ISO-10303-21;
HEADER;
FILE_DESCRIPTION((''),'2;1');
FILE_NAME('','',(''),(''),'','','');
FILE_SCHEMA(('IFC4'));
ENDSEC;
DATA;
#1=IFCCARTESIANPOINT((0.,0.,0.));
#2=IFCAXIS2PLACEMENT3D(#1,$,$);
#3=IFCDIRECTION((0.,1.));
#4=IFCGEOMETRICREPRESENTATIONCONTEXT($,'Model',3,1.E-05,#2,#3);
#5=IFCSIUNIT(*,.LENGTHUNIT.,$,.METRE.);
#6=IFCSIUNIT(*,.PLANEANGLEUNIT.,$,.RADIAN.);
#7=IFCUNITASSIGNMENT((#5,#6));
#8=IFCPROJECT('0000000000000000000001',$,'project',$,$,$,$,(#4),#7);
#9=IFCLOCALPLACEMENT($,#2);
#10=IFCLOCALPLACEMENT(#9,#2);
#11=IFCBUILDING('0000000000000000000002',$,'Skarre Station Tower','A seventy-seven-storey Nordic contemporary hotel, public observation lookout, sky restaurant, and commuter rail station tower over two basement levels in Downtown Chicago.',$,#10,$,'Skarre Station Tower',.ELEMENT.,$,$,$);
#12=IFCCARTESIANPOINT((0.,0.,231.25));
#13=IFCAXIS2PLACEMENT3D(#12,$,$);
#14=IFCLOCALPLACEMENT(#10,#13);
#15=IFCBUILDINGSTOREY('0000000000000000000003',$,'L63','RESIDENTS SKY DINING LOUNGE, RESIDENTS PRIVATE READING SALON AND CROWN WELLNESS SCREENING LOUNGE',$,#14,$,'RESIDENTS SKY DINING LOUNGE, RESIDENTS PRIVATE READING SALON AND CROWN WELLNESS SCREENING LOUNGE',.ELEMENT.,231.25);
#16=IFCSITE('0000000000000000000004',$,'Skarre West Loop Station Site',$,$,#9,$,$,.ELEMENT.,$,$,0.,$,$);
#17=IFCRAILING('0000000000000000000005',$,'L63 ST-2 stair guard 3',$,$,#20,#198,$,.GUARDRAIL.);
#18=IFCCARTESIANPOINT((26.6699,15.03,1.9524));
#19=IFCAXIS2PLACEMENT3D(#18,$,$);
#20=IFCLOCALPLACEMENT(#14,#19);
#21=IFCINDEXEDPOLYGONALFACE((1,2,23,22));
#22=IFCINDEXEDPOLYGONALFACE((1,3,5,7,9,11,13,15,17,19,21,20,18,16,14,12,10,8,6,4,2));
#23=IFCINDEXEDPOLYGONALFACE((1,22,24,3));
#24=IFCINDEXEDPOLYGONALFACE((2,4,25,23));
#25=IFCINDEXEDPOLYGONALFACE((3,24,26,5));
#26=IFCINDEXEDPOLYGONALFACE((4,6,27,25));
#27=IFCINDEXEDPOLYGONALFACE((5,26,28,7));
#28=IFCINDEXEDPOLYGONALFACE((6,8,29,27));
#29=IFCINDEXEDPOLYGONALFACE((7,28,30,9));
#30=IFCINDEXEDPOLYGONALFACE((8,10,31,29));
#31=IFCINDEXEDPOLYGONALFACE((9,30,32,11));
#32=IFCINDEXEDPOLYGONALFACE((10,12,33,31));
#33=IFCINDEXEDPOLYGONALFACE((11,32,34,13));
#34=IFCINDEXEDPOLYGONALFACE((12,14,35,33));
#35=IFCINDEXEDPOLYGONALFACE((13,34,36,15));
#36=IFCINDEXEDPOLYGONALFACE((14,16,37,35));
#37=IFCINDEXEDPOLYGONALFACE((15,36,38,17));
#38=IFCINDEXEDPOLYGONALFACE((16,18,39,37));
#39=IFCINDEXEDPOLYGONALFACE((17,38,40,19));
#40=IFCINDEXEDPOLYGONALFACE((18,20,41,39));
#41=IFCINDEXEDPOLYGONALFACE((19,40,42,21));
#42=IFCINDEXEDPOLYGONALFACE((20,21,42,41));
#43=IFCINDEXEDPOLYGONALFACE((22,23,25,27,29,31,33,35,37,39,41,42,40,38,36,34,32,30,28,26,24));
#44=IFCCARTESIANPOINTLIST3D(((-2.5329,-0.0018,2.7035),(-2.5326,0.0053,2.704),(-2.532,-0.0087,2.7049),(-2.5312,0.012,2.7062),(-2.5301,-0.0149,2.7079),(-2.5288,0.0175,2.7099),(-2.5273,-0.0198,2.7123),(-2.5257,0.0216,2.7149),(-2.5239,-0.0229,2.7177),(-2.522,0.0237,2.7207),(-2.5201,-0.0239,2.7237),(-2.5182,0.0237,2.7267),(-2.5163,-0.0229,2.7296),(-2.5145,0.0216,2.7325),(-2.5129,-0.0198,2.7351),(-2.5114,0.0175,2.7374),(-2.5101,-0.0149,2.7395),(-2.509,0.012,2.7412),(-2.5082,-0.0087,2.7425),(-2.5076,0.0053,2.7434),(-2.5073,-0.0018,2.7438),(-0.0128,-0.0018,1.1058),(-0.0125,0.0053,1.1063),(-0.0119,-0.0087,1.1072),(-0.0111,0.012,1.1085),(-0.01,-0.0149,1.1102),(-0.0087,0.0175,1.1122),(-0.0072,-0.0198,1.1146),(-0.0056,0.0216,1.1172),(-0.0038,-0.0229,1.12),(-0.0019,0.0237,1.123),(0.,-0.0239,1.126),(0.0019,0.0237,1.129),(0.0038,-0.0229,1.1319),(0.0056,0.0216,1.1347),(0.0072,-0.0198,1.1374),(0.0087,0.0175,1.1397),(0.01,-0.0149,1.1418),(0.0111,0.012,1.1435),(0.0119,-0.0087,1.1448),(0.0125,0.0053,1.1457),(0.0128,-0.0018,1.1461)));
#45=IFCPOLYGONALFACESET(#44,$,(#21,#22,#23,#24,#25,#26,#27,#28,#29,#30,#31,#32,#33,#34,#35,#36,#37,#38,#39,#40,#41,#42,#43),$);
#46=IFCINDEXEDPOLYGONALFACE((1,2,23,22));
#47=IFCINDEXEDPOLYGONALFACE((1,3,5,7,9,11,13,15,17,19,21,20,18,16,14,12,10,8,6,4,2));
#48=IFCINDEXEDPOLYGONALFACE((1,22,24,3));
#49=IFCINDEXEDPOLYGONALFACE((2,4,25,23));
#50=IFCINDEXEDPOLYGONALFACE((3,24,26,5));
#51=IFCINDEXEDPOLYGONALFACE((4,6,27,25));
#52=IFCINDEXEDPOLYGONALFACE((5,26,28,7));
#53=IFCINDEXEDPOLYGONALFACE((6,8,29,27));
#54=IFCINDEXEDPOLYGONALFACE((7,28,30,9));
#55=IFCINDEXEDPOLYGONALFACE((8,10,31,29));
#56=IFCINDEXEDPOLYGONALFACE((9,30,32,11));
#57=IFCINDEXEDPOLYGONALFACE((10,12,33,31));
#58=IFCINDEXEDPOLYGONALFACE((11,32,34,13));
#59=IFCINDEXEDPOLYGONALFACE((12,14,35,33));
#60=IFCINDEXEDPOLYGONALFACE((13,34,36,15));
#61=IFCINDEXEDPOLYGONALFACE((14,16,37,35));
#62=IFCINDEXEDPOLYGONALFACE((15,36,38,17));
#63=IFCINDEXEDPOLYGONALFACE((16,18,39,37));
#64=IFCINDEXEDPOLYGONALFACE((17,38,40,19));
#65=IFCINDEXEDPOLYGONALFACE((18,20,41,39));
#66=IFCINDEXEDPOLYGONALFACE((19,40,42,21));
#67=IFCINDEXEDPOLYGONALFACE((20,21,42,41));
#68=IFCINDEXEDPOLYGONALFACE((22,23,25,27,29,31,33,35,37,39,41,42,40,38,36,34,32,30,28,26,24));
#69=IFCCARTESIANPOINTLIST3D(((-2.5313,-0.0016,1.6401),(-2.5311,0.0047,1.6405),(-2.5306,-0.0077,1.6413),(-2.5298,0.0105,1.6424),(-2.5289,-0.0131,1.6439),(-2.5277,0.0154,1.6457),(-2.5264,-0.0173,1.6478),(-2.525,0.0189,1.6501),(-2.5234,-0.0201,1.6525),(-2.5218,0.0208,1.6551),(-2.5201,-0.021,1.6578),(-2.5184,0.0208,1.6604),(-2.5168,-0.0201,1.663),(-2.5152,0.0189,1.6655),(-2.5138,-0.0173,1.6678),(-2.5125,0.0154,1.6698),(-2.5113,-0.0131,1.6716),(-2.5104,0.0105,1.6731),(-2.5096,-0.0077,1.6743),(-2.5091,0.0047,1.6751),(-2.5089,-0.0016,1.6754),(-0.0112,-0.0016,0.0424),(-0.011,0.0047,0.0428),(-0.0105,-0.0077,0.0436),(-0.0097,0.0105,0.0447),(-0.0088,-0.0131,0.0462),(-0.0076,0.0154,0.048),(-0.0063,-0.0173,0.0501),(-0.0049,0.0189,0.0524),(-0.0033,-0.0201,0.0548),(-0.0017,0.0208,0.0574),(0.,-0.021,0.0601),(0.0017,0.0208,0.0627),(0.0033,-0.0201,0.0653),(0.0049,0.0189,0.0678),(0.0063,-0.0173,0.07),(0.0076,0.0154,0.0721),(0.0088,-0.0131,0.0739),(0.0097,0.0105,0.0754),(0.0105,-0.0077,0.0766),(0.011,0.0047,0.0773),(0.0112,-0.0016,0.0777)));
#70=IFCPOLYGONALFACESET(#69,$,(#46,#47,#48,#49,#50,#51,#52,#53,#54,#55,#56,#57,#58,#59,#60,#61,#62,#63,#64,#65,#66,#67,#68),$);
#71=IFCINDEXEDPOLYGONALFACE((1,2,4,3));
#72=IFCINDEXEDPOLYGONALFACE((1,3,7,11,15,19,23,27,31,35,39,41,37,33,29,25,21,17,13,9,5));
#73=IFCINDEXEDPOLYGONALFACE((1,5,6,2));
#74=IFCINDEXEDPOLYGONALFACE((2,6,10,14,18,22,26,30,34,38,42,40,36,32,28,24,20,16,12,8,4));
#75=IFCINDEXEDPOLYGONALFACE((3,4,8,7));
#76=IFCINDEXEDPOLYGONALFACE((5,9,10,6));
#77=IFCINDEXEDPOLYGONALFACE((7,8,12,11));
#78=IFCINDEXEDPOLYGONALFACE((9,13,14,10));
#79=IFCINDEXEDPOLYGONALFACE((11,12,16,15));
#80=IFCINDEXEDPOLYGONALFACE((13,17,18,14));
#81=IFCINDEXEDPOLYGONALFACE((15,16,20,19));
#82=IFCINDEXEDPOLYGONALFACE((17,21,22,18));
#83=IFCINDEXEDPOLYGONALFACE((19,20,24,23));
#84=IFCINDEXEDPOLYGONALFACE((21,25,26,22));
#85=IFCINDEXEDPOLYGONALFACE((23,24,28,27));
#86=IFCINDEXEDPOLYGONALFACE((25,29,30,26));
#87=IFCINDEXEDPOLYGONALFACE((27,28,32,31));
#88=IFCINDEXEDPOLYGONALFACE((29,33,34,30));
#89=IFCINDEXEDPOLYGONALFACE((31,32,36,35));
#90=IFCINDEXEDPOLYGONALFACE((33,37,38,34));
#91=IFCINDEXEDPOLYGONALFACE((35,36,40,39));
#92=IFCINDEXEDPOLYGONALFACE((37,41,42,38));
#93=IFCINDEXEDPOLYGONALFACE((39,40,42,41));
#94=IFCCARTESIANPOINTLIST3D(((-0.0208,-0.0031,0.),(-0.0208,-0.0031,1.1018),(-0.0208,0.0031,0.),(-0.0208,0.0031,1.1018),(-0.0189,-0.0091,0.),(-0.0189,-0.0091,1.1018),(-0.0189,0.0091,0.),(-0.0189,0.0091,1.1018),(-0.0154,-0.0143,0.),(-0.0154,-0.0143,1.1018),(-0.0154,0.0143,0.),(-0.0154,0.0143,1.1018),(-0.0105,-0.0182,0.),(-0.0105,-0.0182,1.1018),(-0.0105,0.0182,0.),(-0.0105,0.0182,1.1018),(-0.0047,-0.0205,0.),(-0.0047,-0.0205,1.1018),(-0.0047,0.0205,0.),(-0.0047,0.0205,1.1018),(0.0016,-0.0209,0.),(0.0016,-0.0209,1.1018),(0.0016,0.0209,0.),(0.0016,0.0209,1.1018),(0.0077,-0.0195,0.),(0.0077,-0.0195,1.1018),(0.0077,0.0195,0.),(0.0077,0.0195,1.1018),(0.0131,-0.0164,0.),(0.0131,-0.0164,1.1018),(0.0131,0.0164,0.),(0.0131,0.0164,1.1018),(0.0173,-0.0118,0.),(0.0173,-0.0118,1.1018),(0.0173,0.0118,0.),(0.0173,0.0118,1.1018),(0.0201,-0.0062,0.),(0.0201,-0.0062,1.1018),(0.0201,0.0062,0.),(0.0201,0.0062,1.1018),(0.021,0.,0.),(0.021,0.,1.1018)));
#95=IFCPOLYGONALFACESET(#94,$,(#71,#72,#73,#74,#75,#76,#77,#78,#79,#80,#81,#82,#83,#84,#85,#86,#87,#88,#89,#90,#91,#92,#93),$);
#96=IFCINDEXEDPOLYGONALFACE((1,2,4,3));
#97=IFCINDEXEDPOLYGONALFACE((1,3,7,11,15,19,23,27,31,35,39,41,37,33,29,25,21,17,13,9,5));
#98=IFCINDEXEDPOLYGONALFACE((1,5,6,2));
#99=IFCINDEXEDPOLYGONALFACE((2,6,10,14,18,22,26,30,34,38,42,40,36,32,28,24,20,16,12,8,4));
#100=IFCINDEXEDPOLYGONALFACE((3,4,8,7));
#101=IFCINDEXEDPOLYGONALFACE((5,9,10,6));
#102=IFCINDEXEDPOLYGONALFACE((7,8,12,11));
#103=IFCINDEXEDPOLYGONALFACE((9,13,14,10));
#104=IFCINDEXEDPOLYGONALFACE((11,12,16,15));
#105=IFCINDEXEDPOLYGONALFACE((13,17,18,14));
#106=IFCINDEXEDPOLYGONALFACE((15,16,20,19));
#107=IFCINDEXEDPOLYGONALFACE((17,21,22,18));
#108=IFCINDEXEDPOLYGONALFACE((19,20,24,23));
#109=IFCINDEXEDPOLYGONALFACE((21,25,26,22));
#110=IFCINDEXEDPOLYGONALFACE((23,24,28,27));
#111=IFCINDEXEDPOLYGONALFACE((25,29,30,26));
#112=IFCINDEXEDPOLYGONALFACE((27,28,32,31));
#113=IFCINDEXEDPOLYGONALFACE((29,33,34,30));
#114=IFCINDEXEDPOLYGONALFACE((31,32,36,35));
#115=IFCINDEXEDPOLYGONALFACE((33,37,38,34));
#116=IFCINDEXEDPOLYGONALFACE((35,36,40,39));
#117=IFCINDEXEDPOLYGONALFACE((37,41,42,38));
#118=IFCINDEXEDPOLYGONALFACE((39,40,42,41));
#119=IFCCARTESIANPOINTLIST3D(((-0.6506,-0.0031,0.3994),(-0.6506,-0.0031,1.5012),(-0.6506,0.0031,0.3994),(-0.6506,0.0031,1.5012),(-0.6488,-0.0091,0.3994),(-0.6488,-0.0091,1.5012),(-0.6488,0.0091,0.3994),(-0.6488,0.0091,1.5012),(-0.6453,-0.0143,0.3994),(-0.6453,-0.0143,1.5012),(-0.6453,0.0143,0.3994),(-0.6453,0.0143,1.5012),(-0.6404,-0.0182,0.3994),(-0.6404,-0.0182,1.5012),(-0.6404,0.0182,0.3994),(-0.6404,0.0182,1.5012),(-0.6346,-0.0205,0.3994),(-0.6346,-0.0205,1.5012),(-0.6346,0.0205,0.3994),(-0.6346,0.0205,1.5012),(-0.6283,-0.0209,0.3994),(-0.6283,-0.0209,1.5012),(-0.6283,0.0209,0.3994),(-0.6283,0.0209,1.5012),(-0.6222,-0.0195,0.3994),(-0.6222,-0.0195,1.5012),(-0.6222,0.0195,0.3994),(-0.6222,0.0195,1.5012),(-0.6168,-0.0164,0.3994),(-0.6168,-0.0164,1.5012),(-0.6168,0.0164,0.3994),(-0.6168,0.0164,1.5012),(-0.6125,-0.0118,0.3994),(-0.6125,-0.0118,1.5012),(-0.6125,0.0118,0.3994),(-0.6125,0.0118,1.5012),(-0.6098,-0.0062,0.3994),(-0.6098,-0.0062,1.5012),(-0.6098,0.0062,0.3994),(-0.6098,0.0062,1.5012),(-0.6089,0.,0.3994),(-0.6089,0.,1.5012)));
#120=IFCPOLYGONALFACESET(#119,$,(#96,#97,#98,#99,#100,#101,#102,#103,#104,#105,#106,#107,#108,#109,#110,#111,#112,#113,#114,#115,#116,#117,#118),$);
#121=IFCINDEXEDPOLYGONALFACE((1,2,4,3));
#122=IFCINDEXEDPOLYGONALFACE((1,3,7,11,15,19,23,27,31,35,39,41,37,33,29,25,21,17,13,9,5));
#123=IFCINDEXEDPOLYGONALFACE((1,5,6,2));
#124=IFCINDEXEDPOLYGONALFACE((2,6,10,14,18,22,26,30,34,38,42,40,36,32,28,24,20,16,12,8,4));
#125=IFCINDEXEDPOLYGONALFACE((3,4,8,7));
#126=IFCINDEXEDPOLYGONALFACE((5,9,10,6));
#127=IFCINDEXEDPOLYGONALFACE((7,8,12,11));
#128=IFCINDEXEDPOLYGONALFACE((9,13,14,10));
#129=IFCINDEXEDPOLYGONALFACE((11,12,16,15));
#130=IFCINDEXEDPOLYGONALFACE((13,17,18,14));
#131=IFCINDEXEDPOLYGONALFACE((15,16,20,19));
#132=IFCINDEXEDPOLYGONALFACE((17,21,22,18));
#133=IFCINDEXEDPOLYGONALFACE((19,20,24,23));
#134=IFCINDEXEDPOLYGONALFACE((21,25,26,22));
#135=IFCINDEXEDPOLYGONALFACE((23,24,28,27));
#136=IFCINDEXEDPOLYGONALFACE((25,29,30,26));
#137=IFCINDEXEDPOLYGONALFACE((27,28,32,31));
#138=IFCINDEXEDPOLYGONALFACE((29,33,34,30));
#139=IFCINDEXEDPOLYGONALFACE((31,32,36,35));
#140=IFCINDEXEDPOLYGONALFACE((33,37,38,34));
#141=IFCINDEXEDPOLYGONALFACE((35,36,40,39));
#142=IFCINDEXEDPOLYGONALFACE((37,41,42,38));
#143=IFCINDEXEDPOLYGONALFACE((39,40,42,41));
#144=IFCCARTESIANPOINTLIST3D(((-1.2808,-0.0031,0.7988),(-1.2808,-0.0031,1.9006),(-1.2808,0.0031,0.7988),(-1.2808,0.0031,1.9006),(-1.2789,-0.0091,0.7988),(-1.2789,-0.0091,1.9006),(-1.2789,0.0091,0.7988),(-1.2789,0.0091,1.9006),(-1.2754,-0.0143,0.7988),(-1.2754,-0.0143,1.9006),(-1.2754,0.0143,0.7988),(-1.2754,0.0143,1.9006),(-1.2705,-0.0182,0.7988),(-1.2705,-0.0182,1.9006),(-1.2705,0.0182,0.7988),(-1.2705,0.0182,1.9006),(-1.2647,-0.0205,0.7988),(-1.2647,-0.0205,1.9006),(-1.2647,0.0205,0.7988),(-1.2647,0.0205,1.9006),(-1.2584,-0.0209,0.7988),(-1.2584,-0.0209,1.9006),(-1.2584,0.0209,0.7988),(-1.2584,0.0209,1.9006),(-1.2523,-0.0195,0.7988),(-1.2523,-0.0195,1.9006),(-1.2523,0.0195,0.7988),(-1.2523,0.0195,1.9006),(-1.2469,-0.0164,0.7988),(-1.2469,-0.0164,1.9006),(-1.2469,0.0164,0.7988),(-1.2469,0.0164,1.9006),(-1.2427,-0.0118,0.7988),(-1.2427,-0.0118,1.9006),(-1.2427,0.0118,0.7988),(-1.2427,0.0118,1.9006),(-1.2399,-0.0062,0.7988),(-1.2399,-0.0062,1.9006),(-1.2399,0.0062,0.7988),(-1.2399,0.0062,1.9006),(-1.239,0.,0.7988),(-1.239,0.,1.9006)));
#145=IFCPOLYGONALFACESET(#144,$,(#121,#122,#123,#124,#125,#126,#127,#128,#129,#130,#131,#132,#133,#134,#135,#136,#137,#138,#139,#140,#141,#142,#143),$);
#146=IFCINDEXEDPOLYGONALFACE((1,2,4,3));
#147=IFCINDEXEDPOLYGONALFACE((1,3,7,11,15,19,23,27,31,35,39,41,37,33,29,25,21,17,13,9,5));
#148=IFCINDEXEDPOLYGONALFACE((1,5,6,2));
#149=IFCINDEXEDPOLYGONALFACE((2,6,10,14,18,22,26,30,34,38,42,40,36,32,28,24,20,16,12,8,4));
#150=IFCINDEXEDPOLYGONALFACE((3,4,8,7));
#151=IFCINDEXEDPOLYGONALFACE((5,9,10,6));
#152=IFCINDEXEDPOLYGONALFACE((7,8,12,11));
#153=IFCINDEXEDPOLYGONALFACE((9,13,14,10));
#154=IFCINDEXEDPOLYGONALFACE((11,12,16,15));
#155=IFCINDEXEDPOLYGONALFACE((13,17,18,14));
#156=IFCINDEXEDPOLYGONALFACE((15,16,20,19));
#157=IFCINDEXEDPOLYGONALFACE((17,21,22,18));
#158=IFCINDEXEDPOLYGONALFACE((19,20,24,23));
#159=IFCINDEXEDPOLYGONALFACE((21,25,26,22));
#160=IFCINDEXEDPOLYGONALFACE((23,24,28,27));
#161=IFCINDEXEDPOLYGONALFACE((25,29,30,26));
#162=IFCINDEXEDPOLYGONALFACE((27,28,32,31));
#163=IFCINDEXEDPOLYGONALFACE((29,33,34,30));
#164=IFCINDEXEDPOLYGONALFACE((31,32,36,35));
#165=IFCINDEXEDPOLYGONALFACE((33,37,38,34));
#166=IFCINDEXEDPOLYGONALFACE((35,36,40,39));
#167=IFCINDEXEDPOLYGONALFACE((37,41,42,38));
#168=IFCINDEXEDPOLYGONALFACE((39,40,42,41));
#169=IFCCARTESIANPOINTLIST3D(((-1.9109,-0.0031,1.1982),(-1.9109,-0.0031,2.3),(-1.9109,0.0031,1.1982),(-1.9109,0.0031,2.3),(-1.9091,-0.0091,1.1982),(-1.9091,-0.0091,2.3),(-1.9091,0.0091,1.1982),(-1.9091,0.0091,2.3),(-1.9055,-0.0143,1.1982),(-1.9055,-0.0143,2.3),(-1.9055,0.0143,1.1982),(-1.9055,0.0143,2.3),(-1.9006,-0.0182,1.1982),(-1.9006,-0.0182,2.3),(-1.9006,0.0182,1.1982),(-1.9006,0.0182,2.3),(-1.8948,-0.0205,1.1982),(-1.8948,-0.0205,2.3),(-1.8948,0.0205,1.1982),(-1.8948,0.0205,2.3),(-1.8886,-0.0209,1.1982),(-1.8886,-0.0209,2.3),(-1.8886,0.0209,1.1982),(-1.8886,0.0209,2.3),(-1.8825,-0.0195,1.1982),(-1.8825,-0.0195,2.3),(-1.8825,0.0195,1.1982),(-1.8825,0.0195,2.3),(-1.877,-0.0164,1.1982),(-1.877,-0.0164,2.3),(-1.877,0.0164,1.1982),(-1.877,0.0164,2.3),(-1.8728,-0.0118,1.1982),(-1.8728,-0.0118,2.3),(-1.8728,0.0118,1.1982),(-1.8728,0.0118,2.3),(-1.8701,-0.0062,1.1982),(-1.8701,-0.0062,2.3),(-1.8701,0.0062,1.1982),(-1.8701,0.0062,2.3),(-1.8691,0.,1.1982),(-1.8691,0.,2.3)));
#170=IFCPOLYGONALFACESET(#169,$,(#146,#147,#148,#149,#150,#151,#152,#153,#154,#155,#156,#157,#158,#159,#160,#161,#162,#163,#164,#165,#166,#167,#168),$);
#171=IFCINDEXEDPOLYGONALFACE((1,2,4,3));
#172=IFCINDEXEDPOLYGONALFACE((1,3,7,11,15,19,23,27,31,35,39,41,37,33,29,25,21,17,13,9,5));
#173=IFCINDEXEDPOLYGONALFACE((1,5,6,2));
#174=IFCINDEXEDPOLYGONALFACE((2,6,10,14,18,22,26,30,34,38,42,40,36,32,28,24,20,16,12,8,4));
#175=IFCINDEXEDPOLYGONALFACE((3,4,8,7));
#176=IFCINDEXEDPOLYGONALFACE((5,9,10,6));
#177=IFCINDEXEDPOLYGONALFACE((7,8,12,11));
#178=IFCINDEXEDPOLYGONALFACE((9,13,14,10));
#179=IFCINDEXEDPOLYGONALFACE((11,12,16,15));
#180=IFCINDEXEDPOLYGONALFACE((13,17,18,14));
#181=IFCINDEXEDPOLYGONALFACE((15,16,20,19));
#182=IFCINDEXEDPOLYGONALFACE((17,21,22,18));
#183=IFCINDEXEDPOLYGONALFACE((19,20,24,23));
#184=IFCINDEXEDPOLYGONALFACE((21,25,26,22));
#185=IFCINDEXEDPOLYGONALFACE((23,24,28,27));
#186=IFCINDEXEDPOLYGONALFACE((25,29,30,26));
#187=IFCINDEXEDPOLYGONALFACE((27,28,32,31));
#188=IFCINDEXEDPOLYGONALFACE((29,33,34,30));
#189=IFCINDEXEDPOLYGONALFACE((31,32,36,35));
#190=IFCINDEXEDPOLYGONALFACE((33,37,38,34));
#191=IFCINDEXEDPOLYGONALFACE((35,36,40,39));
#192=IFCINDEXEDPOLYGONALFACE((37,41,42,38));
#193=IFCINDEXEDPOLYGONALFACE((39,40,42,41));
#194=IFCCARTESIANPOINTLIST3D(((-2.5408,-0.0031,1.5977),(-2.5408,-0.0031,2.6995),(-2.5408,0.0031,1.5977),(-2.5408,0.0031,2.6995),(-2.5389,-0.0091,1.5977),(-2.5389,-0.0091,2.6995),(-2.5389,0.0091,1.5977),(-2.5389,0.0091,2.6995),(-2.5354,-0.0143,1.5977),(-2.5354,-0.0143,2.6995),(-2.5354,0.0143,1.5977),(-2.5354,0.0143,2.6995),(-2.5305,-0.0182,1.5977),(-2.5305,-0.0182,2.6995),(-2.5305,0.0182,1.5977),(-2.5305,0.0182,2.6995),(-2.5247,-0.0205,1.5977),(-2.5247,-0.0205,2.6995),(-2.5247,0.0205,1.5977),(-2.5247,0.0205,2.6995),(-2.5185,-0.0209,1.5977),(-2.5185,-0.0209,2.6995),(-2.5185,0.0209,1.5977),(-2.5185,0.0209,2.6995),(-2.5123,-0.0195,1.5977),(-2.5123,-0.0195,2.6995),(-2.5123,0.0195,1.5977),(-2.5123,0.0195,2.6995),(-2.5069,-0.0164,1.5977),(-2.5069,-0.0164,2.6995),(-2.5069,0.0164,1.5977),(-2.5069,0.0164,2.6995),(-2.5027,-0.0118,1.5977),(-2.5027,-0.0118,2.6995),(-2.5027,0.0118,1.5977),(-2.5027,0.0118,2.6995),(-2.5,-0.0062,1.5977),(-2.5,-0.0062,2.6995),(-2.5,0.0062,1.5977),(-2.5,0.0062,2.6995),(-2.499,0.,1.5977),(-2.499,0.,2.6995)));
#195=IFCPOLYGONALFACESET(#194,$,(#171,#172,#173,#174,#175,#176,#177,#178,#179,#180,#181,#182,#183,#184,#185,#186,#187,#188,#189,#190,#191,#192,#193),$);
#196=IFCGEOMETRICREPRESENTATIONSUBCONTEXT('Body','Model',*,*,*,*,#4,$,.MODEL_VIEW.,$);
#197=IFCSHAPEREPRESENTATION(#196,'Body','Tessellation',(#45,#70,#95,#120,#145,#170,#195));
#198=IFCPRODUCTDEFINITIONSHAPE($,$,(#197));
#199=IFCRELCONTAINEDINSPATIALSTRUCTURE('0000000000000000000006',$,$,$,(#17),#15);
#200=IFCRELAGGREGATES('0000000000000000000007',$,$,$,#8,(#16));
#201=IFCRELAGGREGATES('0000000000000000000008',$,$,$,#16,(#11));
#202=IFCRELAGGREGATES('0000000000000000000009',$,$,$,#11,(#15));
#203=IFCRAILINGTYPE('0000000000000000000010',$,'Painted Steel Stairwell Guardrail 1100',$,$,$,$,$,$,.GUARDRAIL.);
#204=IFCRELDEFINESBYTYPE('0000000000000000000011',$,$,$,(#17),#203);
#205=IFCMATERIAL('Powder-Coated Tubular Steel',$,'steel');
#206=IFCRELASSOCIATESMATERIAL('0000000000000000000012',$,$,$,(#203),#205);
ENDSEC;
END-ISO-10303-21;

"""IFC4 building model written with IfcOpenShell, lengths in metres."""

from ifc_helpers import new_model, si_unit, direction, frame, origin, origin_2d, place, context, subcontext, project, spatial, circle, extrude, material, type_object, element, save


model = new_model("IFC4")

# Units and contexts
model_context = context("Model", 3, precision=1e-05, world=origin(), true_north=direction((0.0, 1.0)))
body_context = subcontext(model_context, "Body", "Model", "MODEL_VIEW")
ifc_project = project(units=[si_unit("LENGTHUNIT", "METRE"), si_unit("PLANEANGLEUNIT", "RADIAN")], contexts=[model_context])

# Site, building, storey
site_placement = place(None, origin())
site = spatial("IfcSite", under=ifc_project, at=site_placement, Name="Skarre West Loop Station Site", CompositionType="ELEMENT", RefElevation=0.0)
building_placement = place(site_placement, origin())
building = spatial("IfcBuilding", under=site, at=building_placement, Name="Skarre Station Tower", Description="A seventy-seven-storey Nordic contemporary hotel, public observation lookout, sky restaurant, and commuter rail station tower over two basement levels in Downtown Chicago.", LongName="Skarre Station Tower", CompositionType="ELEMENT")
storey_placement = place(building_placement, frame((0.0, 0.0, 231.25)))
storey = spatial("IfcBuildingStorey", under=building, at=storey_placement, Name="L63", Description="RESIDENTS SKY DINING LOUNGE, RESIDENTS PRIVATE READING SALON AND CROWN WELLNESS SCREENING LOUNGE", LongName="RESIDENTS SKY DINING LOUNGE, RESIDENTS PRIVATE READING SALON AND CROWN WELLNESS SCREENING LOUNGE", CompositionType="ELEMENT", Elevation=231.25)

# Railing
ifc_material_1 = material(Name="Powder-Coated Tubular Steel", Category="steel")
railing_type_1 = type_object("IfcRailingType", Name="Painted Steel Stairwell Guardrail 1100", PredefinedType="GUARDRAIL", material=ifc_material_1)
railing_1_placement = place(storey_placement, frame((26.6699, 15.03, 1.9524)))
element("IfcRailing", 1, at=railing_1_placement, inside=storey, type_object=railing_type_1, Name="L63 ST-2 stair guard 3", PredefinedType="GUARDRAIL", context=body_context, shape_type="SweptSolid", body=[
    extrude(circle(Radius=0.0239, at=origin_2d()), frame((0.0, 0.0, 1.126), z_axis=(-0.84457, 0.0, 0.535445), x_axis=(0.0, -1.0, 0.0)), (0.0, 0.0, 1.0), 2.9839),
    extrude(circle(Radius=0.021, at=origin_2d()), frame((0.0, 0.0, 0.0601), z_axis=(-0.84457, 0.0, 0.535445), x_axis=(0.0, -1.0, 0.0)), (0.0, 0.0, 1.0), 2.9839),
    extrude(circle(Radius=0.021, at=origin_2d()), origin(), (0.0, 0.0, 1.0), 1.1018),
    extrude(circle(Radius=0.021, at=origin_2d()), frame((-0.6299, 0.0, 0.3994)), (0.0, 0.0, 1.0), 1.1018),
    extrude(circle(Radius=0.021, at=origin_2d()), frame((-1.26, 0.0, 0.7988)), (0.0, 0.0, 1.0), 1.1018),
    extrude(circle(Radius=0.021, at=origin_2d()), frame((-1.8901, 0.0, 1.1982)), (0.0, 0.0, 1.0), 1.1018),
    extrude(circle(Radius=0.021, at=origin_2d()), frame((-2.52, 0.0, 1.5977)), (0.0, 0.0, 1.0), 1.1018),
])

save(model, "model.ifc")
